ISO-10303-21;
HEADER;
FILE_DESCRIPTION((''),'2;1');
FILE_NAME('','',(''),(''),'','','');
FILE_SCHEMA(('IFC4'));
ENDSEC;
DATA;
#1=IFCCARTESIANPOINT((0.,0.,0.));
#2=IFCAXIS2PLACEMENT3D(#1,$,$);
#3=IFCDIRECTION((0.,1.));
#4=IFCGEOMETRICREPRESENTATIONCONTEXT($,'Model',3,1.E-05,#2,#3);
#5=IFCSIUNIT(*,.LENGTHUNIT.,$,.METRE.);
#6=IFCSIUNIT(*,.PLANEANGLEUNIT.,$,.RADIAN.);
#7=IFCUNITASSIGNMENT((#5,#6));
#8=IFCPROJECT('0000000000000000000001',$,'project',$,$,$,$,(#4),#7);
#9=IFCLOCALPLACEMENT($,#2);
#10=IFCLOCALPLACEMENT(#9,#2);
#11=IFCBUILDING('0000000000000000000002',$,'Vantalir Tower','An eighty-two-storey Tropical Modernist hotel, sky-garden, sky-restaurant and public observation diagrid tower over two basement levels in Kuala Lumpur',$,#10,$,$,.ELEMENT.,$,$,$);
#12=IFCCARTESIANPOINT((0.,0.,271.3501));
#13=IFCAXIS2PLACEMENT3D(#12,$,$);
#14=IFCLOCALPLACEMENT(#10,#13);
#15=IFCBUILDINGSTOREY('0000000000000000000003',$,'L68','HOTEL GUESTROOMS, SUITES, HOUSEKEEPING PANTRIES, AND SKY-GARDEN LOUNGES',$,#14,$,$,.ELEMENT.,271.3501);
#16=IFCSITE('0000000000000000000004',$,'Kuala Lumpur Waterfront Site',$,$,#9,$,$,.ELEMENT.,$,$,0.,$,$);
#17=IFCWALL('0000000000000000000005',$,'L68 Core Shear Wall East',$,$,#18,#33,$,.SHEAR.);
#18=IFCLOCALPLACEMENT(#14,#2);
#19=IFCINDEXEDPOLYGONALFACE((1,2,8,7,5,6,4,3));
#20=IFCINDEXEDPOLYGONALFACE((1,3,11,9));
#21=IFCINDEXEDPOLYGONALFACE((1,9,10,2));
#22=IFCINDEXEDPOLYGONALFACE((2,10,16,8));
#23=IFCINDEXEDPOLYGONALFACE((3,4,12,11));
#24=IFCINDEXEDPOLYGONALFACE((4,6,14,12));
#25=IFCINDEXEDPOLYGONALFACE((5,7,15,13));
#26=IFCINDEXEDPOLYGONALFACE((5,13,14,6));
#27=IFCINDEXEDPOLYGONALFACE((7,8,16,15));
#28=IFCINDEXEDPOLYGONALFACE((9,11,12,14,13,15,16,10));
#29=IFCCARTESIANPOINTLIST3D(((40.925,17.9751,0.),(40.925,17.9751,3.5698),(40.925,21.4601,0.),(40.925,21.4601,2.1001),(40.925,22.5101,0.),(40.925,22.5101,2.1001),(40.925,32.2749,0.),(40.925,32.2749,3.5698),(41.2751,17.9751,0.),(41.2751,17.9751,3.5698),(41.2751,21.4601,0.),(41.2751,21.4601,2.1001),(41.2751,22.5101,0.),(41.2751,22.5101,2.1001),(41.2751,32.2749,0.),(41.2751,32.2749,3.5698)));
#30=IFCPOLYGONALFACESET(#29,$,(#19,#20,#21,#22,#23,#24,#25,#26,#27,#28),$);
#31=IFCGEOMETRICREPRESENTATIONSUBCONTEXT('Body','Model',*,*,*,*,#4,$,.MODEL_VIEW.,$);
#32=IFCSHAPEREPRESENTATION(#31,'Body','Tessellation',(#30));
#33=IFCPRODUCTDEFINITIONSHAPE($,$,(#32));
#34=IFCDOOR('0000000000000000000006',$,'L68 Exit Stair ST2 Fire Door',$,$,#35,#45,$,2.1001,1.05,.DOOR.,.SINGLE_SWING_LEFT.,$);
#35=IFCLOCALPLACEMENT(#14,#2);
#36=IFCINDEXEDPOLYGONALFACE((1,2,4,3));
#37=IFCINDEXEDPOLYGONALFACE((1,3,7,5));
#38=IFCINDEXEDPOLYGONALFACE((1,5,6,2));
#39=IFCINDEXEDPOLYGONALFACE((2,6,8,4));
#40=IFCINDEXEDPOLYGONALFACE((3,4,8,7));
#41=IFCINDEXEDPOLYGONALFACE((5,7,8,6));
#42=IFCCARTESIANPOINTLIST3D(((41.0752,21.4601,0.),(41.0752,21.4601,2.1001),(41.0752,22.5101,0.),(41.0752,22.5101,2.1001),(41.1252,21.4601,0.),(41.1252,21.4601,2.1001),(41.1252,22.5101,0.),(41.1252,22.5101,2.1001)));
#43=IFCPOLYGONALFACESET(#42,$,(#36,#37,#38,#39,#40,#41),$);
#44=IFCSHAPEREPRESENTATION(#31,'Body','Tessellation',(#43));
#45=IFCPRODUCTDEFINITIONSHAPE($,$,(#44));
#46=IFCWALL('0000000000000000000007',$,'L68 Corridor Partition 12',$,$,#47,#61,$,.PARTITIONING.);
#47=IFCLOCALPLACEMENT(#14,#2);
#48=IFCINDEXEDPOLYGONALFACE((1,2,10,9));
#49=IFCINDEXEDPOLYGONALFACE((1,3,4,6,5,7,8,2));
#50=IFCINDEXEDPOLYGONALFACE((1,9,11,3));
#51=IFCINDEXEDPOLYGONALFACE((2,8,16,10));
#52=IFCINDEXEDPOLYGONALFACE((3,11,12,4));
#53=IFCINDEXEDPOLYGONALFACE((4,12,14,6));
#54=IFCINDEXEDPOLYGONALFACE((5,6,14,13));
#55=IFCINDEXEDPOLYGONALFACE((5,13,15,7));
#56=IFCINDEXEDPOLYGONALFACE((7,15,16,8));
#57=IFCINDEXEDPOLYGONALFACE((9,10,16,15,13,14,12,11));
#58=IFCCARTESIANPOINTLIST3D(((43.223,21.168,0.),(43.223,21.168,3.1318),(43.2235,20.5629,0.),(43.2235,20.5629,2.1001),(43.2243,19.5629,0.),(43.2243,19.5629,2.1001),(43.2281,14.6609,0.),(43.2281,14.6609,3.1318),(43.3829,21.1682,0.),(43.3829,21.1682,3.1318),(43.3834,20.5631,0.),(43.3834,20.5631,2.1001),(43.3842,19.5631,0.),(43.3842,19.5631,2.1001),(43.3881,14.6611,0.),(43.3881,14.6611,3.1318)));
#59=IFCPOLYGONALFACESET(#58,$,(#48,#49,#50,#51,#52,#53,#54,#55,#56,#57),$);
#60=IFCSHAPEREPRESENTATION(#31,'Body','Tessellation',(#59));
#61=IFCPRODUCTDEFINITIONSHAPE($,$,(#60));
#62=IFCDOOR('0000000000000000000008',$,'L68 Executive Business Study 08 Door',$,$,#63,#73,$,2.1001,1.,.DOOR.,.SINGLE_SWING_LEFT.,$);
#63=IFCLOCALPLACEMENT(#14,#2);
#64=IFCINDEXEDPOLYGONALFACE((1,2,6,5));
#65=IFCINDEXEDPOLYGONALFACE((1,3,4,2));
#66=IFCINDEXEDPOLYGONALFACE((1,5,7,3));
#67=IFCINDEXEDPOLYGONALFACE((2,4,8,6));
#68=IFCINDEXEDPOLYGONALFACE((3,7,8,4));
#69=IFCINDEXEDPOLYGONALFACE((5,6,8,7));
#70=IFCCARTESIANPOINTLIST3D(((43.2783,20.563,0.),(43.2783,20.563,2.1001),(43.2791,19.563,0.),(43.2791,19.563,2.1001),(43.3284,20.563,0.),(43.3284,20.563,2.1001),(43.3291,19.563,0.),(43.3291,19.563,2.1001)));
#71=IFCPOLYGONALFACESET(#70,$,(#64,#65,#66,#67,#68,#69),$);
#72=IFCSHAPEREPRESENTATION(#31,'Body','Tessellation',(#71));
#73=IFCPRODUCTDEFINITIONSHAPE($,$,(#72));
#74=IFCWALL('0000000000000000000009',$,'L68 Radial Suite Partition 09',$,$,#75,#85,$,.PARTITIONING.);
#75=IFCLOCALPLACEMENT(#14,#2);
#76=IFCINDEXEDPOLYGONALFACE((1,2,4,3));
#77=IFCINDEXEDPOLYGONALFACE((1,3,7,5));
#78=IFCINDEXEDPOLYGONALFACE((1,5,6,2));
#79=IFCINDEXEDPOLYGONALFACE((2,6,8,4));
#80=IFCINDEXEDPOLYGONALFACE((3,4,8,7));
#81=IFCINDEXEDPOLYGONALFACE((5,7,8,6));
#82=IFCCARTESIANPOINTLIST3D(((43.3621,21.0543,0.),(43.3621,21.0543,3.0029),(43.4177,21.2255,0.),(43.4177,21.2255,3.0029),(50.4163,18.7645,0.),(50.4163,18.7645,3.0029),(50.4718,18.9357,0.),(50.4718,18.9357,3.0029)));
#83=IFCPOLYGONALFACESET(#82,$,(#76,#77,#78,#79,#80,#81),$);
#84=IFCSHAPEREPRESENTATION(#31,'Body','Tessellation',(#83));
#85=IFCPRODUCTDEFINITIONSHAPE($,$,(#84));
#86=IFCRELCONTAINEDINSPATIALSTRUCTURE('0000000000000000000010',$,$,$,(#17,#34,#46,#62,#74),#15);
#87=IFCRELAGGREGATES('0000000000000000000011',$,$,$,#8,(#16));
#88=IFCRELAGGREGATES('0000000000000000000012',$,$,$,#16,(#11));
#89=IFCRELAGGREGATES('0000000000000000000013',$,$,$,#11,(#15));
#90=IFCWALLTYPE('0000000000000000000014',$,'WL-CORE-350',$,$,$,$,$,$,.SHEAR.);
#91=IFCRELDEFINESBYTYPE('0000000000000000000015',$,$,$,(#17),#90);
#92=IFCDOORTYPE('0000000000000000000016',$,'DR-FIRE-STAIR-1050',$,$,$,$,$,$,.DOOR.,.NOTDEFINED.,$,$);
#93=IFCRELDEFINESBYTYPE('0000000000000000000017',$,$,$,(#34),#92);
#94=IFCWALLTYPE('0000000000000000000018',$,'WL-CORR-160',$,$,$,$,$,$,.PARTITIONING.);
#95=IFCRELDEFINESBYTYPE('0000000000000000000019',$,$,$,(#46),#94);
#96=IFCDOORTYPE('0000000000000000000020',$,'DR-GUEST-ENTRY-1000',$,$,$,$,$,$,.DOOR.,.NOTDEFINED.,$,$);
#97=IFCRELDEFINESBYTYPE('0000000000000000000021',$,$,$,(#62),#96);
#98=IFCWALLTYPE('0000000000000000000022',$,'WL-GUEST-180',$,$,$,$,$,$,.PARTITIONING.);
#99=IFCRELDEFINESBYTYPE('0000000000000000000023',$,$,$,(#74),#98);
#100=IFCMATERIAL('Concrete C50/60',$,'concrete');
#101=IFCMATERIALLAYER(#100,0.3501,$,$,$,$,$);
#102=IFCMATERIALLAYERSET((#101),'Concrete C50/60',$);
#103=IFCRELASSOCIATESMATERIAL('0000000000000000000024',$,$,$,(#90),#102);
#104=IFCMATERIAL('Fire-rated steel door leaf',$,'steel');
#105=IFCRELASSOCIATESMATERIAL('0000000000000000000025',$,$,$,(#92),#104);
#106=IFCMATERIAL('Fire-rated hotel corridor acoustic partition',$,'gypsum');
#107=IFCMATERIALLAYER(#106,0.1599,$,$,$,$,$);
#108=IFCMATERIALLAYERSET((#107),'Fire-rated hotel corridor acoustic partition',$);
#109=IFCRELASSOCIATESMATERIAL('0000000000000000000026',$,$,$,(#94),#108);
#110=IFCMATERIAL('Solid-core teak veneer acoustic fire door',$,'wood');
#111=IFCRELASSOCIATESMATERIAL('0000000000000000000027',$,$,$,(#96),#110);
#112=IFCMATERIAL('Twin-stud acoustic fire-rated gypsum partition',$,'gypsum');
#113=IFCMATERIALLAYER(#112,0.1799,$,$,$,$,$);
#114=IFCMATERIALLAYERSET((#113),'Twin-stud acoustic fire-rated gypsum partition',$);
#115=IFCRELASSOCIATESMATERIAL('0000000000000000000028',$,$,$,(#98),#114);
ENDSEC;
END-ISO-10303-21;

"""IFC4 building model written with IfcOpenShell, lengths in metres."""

from ifc_helpers import new_model, si_unit, direction, frame, frame_2d, origin, place, context, subcontext, project, spatial, rectangle, extrude, material, layer, layer_set, type_object, element, fill, save


model = new_model("IFC4")

# Units and contexts
model_context = context("Model", 3, precision=1e-05, world=origin(), true_north=direction((0.0, 1.0)))
body_context = subcontext(model_context, "Body", "Model", "MODEL_VIEW")
ifc_project = project(units=[si_unit("LENGTHUNIT", "METRE"), si_unit("PLANEANGLEUNIT", "RADIAN")], contexts=[model_context])

# Site, building, storey
site_placement = place(None, origin())
site = spatial("IfcSite", under=ifc_project, at=site_placement, Name="Kuala Lumpur Waterfront Site", CompositionType="ELEMENT", RefElevation=0.0)
building_placement = place(site_placement, origin())
building = spatial("IfcBuilding", under=site, at=building_placement, Name="Vantalir Tower", Description="An eighty-two-storey Tropical Modernist hotel, sky-garden, sky-restaurant and public observation diagrid tower over two basement levels in Kuala Lumpur", CompositionType="ELEMENT")
storey_placement = place(building_placement, frame((0.0, 0.0, 271.3501)))
storey = spatial("IfcBuildingStorey", under=building, at=storey_placement, Name="L68", Description="HOTEL GUESTROOMS, SUITES, HOUSEKEEPING PANTRIES, AND SKY-GARDEN LOUNGES", CompositionType="ELEMENT", Elevation=271.3501)

# Shared definitions
ifc_material_1 = material(Name="Concrete C50/60", Category="concrete")

# Walls, openings, doors
ifc_layer_1 = layer(ifc_material_1, 0.3501)
ifc_layer_set_1 = layer_set([ifc_layer_1], Name="Concrete C50/60")
wall_type_1 = type_object("IfcWallType", Name="WL-CORE-350", PredefinedType="SHEAR", material=ifc_layer_set_1)
wall_1_placement = place(storey_placement, frame((41.1001, 17.9751, 0.0), z_axis=(0.0, 0.0, 1.0), x_axis=(0.0, 1.0, 0.0)))
wall_1 = element("IfcWall", 1, at=wall_1_placement, inside=storey, type_object=wall_type_1, Name="L68 Core Shear Wall East", PredefinedType="SHEAR", context=body_context, shape_type="SweptSolid", body=[
    extrude(rectangle(XDim=14.2998, YDim=0.3501, at=frame_2d((7.1499, 0.0))), origin(), (0.0, 0.0, 1.0), 3.5698),
])
opening_1_placement = place(wall_1_placement, frame((3.4851, 0.0, 0.0)))
opening_1 = element("IfcOpeningElement", 2, at=opening_1_placement, cuts=wall_1, PredefinedType="OPENING", context=body_context, shape_type="SweptSolid", body=[
    extrude(rectangle(XDim=1.05, YDim=2.1001, at=frame_2d((0.5249, 1.05))), frame((0.0, 0.1851, 0.0), z_axis=(0.0, -1.0, 0.0), x_axis=(1.0, 0.0, 0.0)), (0.0, 0.0, 1.0), 0.3701),
])
ifc_material_2 = material(Name="Fire-rated steel door leaf", Category="steel")
door_type_1 = type_object("IfcDoorType", Name="DR-FIRE-STAIR-1050", OperationType="NOTDEFINED", PredefinedType="DOOR", material=ifc_material_2)
door_1_placement = place(opening_1_placement, origin())
door_1 = element("IfcDoor", 3, at=door_1_placement, inside=storey, type_object=door_type_1, Name="L68 Exit Stair ST2 Fire Door", OperationType="SINGLE_SWING_LEFT", OverallHeight=2.1001, OverallWidth=1.05, PredefinedType="DOOR", context=body_context, shape_type="SweptSolid", body=[
    extrude(rectangle(XDim=1.05, YDim=2.1001, at=frame_2d((0.5249, 1.05))), frame((0.0, 0.0249, 0.0), z_axis=(0.0, -1.0, 0.0), x_axis=(1.0, 0.0, 0.0)), (0.0, 0.0, 1.0), 0.05),
])
fill(opening_1, door_1)
ifc_material_3 = material(Name="Fire-rated hotel corridor acoustic partition", Category="gypsum")
ifc_layer_2 = layer(ifc_material_3, 0.1599)
ifc_layer_set_2 = layer_set([ifc_layer_2], Name="Fire-rated hotel corridor acoustic partition")
wall_type_2 = type_object("IfcWallType", Name="WL-CORR-160", PredefinedType="PARTITIONING", material=ifc_layer_set_2)
wall_2_placement = place(storey_placement, frame((43.303, 21.168, 0.0), z_axis=(0.0, 0.0, 1.0), x_axis=(0.000788, -1.0, 0.0)))
wall_2 = element("IfcWall", 4, at=wall_2_placement, inside=storey, type_object=wall_type_2, Name="L68 Corridor Partition 12", PredefinedType="PARTITIONING", context=body_context, shape_type="SweptSolid", body=[
    extrude(rectangle(XDim=6.5071, YDim=0.1599, at=frame_2d((3.2534, 0.0))), origin(), (0.0, 0.0, 1.0), 3.1318),
])
opening_2_placement = place(wall_2_placement, frame((0.605, 0.0, 0.0)))
opening_2 = element("IfcOpeningElement", 5, at=opening_2_placement, cuts=wall_2, PredefinedType="OPENING", context=body_context, shape_type="SweptSolid", body=[
    extrude(rectangle(XDim=1.0, YDim=2.1001, at=frame_2d((0.5, 1.05))), frame((0.0, 0.0898, 0.0), z_axis=(0.0, -1.0, 0.0), x_axis=(1.0, 0.0, 0.0)), (0.0, 0.0, 1.0), 0.1799),
])
ifc_material_4 = material(Name="Solid-core teak veneer acoustic fire door", Category="wood")
door_type_2 = type_object("IfcDoorType", Name="DR-GUEST-ENTRY-1000", OperationType="NOTDEFINED", PredefinedType="DOOR", material=ifc_material_4)
door_2_placement = place(opening_2_placement, origin())
door_2 = element("IfcDoor", 6, at=door_2_placement, inside=storey, type_object=door_type_2, Name="L68 Executive Business Study 08 Door", OperationType="SINGLE_SWING_LEFT", OverallHeight=2.1001, OverallWidth=1.0, PredefinedType="DOOR", context=body_context, shape_type="SweptSolid", body=[
    extrude(rectangle(XDim=1.0, YDim=2.1001, at=frame_2d((0.5, 1.05))), frame((0.0, 0.0249, 0.0), z_axis=(0.0, -1.0, 0.0), x_axis=(1.0, 0.0, 0.0)), (0.0, 0.0, 1.0), 0.05),
])
fill(opening_2, door_2)

# Wall
ifc_material_5 = material(Name="Twin-stud acoustic fire-rated gypsum partition", Category="gypsum")
ifc_layer_3 = layer(ifc_material_5, 0.1799)
ifc_layer_set_3 = layer_set([ifc_layer_3], Name="Twin-stud acoustic fire-rated gypsum partition")
wall_type_3 = type_object("IfcWallType", Name="WL-GUEST-180", PredefinedType="PARTITIONING", material=ifc_layer_set_3)
wall_3_placement = place(storey_placement, frame((43.3899, 21.1399, 0.0), z_axis=(0.0, 0.0, 1.0), x_axis=(0.951146, -0.308742, 0.0)))
element("IfcWall", 7, at=wall_3_placement, inside=storey, type_object=wall_type_3, Name="L68 Radial Suite Partition 09", PredefinedType="PARTITIONING", context=body_context, shape_type="SweptSolid", body=[
    extrude(rectangle(XDim=7.4165, YDim=0.1799, at=frame_2d((3.7083, 0.0))), origin(), (0.0, 0.0, 1.0), 3.0029),
])

save(model, "model.ifc")
